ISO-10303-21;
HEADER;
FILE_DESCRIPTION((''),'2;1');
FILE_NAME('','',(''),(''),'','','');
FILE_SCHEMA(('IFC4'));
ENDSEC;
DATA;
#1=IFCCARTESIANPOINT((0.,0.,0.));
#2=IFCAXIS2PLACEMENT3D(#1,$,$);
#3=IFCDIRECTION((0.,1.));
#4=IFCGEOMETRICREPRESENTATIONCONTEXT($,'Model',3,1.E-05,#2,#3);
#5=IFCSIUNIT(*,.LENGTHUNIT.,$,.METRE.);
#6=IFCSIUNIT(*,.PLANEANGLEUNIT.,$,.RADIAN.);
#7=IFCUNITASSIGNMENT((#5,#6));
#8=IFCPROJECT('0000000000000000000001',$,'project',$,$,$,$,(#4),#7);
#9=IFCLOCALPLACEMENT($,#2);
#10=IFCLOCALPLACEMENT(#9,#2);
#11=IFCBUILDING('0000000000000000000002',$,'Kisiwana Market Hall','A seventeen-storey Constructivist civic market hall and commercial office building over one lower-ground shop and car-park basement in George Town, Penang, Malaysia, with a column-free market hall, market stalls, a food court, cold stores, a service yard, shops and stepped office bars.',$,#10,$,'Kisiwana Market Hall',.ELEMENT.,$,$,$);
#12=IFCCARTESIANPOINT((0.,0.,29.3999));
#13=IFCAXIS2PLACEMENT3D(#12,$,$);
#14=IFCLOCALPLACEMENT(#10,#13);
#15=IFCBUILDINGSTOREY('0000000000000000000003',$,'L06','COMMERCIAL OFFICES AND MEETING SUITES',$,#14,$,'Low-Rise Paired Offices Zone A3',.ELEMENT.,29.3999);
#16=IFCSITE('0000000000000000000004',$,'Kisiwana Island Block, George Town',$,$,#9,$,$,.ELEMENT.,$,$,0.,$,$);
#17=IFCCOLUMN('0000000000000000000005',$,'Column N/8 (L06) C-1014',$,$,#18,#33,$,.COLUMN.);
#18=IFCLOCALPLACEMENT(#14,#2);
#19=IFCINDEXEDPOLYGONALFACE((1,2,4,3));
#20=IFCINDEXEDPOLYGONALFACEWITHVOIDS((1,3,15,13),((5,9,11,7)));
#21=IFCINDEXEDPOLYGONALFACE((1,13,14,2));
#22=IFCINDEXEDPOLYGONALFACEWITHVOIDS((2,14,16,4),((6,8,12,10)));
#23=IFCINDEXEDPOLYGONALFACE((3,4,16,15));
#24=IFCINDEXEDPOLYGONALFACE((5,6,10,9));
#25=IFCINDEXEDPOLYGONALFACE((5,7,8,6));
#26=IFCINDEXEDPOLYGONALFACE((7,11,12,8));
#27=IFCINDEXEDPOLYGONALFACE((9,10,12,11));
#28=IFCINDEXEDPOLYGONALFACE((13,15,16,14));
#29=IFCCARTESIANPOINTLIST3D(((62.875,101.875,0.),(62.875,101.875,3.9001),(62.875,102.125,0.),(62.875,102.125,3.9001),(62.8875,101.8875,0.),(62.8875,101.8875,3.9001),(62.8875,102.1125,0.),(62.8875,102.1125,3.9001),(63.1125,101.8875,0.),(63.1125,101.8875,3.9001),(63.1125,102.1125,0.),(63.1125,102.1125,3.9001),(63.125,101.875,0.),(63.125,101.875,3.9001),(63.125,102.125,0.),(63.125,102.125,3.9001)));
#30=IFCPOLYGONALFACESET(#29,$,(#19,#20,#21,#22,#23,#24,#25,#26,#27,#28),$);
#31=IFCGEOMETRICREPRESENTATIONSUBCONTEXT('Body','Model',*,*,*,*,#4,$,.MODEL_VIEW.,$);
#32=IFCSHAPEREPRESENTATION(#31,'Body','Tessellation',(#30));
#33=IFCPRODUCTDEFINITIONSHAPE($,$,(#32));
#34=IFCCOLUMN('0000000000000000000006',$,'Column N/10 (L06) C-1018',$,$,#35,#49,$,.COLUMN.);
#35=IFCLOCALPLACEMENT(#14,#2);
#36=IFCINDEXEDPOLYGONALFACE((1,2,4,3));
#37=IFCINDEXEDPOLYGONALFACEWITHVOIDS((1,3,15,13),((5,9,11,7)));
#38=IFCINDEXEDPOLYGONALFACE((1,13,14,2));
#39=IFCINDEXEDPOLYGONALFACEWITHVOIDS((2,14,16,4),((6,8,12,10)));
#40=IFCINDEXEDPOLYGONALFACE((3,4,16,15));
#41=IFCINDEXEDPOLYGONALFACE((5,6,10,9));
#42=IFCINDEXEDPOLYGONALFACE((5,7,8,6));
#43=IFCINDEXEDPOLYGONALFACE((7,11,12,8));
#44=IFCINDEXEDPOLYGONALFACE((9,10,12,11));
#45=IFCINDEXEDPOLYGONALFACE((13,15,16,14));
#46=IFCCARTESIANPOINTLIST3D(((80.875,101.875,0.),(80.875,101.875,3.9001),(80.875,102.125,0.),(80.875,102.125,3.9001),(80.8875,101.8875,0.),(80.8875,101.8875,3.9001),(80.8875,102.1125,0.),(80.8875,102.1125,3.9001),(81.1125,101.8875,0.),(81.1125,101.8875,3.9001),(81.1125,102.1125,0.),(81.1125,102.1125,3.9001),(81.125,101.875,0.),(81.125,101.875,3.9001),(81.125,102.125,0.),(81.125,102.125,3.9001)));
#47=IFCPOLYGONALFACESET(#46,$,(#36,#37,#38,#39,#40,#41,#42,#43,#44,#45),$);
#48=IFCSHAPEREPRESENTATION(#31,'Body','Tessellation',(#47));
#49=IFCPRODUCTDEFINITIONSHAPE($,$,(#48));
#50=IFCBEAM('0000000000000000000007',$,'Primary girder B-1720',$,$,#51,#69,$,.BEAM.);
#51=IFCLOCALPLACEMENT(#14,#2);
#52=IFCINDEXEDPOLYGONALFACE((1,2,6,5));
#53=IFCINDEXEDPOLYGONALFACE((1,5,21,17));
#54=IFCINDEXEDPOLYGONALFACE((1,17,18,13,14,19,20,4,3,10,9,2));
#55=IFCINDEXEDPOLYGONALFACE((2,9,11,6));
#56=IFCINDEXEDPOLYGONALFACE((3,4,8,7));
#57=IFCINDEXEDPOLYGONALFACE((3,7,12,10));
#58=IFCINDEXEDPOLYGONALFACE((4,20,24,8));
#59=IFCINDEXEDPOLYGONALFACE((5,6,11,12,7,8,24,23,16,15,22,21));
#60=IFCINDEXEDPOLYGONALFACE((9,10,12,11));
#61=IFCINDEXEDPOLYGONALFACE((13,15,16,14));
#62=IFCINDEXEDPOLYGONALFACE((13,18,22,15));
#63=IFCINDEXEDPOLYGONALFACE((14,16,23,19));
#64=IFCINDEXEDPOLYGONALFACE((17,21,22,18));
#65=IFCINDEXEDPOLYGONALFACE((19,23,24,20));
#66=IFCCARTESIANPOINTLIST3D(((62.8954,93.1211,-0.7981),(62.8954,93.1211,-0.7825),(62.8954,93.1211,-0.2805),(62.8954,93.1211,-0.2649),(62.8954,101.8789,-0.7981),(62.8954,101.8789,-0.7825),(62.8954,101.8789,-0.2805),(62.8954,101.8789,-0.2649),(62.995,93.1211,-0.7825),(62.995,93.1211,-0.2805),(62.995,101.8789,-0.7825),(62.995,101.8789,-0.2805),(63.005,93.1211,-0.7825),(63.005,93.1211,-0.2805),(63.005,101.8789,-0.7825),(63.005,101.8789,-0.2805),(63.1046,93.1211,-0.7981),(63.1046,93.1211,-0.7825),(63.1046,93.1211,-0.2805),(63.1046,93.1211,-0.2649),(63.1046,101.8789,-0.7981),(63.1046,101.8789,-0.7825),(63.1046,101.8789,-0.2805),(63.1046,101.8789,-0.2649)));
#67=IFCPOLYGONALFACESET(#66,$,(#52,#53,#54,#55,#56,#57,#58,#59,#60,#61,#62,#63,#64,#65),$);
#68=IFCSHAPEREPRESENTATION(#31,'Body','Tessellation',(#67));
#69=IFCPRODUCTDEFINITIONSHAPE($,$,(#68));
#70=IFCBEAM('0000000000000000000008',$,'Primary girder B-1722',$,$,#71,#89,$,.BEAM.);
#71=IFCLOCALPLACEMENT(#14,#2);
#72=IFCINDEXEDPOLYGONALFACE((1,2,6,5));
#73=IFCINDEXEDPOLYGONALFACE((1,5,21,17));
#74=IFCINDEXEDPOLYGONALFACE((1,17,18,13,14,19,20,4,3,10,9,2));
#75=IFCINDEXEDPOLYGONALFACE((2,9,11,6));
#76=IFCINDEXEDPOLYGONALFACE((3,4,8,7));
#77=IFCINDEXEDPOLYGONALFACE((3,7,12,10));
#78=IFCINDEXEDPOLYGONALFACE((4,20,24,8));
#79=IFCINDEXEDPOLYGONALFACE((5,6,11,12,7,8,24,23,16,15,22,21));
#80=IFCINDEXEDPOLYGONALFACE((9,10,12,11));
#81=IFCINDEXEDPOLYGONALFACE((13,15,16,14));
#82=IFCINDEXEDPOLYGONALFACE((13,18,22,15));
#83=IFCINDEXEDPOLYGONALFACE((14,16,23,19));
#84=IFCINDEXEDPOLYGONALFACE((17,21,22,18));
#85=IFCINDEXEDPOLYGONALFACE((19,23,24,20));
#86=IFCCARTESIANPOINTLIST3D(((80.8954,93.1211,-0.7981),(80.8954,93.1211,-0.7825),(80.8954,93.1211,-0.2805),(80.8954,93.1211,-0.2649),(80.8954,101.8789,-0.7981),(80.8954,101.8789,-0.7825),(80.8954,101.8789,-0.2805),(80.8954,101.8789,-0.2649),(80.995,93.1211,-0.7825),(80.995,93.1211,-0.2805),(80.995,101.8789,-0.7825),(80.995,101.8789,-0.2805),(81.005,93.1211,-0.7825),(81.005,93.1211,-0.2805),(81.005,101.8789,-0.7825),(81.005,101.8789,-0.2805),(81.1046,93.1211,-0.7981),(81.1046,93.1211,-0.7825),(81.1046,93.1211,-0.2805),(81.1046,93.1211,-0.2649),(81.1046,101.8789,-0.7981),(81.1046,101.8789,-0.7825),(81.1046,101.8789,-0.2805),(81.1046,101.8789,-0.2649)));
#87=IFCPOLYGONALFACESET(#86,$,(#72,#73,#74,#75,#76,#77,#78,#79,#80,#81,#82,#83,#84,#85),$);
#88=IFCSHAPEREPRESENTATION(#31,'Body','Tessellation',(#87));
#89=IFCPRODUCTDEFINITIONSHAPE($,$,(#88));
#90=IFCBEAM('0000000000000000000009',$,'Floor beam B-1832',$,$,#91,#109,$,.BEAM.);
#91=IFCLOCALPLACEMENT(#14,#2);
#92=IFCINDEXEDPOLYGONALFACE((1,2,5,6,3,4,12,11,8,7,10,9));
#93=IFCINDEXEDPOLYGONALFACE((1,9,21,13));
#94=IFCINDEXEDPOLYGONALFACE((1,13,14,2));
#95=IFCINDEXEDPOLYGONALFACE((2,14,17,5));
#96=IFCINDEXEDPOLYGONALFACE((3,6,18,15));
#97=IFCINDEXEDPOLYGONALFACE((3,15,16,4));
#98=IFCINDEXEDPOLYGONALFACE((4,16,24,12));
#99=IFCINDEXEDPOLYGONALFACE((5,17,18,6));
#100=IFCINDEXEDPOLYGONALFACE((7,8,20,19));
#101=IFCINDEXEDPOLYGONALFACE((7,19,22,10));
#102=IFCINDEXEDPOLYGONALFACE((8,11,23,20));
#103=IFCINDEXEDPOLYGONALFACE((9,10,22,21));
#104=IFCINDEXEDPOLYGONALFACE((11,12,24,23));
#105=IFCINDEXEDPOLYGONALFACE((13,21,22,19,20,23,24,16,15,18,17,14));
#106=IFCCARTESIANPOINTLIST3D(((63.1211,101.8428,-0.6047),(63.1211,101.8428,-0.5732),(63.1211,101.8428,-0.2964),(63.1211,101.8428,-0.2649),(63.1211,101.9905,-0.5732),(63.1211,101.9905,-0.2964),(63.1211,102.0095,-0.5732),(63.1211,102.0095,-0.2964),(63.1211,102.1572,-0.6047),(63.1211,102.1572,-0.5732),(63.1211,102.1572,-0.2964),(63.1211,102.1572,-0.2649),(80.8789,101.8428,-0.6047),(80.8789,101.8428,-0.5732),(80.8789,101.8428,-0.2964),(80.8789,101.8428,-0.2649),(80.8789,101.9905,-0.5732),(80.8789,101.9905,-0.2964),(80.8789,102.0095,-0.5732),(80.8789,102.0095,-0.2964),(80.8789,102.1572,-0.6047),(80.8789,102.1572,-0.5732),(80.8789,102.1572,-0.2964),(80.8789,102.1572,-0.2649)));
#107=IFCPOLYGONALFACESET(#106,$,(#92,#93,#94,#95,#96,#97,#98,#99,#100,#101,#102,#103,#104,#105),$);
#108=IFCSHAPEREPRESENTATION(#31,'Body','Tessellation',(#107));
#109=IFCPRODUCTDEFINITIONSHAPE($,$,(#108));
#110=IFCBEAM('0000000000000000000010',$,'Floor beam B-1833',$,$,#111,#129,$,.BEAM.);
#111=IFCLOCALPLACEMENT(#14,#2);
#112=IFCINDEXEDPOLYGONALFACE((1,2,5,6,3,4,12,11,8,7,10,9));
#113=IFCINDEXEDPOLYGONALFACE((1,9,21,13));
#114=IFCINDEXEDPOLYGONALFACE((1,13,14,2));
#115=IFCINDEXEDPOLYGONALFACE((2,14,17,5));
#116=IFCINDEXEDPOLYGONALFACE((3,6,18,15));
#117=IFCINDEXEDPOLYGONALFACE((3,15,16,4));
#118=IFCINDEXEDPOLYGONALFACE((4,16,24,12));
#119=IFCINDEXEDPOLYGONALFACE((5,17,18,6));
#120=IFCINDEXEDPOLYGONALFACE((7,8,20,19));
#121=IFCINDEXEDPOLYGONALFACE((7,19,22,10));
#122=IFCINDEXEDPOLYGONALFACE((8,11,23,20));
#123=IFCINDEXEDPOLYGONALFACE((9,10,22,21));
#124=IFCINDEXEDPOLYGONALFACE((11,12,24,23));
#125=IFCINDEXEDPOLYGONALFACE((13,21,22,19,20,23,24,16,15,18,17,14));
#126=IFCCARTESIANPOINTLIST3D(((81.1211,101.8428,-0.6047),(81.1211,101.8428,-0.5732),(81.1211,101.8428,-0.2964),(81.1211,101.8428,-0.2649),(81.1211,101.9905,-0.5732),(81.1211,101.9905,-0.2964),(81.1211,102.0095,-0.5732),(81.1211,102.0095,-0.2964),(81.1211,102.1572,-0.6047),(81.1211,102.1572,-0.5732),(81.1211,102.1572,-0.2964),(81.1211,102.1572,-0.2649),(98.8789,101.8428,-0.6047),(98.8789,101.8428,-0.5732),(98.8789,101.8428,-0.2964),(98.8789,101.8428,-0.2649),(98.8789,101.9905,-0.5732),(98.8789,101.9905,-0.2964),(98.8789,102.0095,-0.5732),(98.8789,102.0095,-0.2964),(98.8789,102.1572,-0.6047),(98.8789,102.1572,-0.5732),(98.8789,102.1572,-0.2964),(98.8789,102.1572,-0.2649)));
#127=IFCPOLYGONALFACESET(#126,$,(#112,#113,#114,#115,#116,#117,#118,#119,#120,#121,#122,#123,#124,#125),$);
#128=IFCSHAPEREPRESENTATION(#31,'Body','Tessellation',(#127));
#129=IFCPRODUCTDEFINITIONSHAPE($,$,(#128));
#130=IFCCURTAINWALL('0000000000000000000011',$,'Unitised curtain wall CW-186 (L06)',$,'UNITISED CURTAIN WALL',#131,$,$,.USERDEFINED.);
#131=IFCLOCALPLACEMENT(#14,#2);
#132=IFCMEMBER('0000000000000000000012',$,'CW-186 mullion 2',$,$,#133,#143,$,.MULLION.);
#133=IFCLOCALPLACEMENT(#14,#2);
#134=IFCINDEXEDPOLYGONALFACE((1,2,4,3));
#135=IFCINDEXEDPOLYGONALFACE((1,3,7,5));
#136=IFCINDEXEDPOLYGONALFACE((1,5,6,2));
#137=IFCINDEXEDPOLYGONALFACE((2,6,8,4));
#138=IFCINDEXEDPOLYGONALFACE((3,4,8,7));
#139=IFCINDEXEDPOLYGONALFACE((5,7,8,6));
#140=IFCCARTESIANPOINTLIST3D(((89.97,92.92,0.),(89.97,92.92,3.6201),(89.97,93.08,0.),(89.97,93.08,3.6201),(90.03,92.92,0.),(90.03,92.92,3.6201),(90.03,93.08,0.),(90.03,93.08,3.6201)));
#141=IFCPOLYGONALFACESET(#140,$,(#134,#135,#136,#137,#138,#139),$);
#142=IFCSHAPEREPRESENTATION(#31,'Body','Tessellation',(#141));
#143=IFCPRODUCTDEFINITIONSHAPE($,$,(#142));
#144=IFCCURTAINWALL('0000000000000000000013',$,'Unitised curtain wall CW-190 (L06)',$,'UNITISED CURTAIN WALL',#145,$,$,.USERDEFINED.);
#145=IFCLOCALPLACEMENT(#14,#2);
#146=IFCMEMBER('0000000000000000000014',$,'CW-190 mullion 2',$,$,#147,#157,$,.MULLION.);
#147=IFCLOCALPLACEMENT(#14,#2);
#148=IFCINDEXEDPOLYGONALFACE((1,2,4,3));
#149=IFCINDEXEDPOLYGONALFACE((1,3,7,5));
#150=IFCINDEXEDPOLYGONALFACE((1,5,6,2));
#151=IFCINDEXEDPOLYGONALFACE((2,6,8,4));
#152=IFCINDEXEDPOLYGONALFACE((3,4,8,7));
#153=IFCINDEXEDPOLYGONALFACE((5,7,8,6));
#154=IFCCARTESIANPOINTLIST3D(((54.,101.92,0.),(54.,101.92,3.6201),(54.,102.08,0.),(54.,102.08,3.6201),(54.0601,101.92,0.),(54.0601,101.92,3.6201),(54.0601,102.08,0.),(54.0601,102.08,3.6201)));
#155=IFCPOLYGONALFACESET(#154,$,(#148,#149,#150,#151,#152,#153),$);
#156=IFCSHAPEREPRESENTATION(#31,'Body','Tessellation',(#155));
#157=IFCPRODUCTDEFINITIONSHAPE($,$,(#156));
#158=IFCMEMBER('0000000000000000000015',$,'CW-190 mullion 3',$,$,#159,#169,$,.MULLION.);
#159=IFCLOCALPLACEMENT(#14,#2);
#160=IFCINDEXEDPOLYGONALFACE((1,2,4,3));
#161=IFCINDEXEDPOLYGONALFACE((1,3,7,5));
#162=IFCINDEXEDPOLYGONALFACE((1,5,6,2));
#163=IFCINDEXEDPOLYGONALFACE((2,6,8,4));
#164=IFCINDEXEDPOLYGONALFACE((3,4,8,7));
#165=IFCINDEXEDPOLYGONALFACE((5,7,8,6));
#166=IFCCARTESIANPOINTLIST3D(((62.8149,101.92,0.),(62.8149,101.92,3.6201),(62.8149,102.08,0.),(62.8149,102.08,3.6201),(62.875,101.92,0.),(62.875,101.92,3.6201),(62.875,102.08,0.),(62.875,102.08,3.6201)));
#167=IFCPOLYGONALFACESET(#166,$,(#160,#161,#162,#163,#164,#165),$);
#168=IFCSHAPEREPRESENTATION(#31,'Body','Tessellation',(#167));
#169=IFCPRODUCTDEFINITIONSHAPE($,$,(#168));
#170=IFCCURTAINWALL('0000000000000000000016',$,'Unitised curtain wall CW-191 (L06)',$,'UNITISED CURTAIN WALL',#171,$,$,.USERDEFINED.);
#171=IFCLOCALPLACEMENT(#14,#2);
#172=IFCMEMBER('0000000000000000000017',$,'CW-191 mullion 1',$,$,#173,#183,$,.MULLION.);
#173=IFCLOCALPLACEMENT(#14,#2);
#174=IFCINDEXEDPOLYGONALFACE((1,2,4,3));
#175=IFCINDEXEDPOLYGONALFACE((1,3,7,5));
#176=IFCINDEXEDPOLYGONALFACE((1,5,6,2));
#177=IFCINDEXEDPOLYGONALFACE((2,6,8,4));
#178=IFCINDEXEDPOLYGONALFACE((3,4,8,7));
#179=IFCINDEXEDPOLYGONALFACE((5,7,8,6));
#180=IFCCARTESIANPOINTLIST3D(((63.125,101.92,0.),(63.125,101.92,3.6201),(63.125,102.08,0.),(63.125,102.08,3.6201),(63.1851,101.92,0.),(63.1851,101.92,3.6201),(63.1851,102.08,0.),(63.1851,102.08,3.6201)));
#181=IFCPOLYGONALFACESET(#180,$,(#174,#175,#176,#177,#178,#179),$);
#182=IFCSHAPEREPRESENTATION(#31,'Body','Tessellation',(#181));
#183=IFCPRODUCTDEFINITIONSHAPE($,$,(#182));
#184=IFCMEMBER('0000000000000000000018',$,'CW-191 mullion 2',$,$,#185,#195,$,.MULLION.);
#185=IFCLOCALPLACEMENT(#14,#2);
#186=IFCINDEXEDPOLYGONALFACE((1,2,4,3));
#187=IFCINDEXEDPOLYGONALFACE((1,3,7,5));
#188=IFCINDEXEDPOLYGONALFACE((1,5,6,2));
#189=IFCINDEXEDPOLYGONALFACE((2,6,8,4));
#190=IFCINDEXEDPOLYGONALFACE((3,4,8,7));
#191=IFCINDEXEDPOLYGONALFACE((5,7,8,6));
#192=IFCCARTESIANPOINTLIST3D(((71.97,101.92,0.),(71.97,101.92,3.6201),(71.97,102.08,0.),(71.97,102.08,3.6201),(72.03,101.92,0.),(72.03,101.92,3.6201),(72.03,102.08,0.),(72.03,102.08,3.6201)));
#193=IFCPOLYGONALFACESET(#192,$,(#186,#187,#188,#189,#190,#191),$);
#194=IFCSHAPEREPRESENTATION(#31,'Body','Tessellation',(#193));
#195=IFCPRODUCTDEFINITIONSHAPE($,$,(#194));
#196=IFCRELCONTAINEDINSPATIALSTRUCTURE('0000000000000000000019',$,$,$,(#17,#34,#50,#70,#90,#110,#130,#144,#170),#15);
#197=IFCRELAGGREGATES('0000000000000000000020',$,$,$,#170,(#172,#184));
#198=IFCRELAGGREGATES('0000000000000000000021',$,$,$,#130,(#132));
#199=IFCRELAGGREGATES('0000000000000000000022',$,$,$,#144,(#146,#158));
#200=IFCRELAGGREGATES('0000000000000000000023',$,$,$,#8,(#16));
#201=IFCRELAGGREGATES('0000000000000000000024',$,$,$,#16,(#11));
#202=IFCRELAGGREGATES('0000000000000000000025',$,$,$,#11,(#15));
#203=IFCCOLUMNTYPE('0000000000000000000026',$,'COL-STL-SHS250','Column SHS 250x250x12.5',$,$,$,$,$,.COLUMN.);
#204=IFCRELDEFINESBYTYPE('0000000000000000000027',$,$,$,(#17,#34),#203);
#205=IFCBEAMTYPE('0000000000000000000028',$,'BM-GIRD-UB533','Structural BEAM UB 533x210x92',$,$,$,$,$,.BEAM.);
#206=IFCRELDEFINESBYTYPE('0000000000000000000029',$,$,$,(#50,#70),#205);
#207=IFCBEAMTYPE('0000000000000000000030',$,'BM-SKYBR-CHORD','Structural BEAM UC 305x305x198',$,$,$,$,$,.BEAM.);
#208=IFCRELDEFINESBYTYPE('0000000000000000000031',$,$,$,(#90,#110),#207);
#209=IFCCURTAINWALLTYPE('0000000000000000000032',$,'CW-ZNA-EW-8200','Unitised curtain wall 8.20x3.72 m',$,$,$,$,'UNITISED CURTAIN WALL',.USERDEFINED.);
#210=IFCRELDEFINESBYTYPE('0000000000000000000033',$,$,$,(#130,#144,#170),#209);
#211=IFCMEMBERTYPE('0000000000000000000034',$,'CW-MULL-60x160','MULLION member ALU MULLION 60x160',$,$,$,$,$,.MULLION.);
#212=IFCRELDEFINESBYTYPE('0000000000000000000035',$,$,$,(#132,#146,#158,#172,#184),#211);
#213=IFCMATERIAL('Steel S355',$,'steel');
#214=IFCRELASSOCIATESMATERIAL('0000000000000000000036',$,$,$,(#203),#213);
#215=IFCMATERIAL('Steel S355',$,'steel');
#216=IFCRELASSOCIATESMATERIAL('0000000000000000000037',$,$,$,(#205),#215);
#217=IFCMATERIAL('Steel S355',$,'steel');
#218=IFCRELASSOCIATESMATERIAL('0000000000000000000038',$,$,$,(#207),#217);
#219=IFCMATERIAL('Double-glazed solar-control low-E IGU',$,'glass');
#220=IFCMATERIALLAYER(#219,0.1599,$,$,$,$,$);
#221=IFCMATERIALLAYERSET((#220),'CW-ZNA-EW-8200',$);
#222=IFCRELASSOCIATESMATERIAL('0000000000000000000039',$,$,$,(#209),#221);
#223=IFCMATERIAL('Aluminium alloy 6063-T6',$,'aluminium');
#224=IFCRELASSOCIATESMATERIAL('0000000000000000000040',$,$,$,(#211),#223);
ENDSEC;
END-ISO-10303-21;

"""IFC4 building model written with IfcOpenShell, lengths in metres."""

from ifc_helpers import new_model, si_unit, direction, frame, origin, origin_2d, place, context, subcontext, project, spatial, rectangle, hollow_rectangle, i_section, extrude, material, layer, layer_set, material_profile, profile_set, type_object, element, aggregate, save


model = new_model("IFC4")

# Units and contexts
model_context = context("Model", 3, precision=1e-05, world=origin(), true_north=direction((0.0, 1.0)))
body_context = subcontext(model_context, "Body", "Model", "MODEL_VIEW")
ifc_project = project(units=[si_unit("LENGTHUNIT", "METRE"), si_unit("PLANEANGLEUNIT", "RADIAN")], contexts=[model_context])

# Site, building, storey
site_placement = place(None, origin())
site = spatial("IfcSite", under=ifc_project, at=site_placement, Name="Kisiwana Island Block, George Town", CompositionType="ELEMENT", RefElevation=0.0)
building_placement = place(site_placement, origin())
building = spatial("IfcBuilding", under=site, at=building_placement, Name="Kisiwana Market Hall", Description="A seventeen-storey Constructivist civic market hall and commercial office building over one lower-ground shop and car-park basement in George Town, Penang, Malaysia, with a column-free market hall, market stalls, a food court, cold stores, a service yard, shops and stepped office bars.", LongName="Kisiwana Market Hall", CompositionType="ELEMENT")
storey_placement = place(building_placement, frame((0.0, 0.0, 29.3999)))
storey = spatial("IfcBuildingStorey", under=building, at=storey_placement, Name="L06", Description="COMMERCIAL OFFICES AND MEETING SUITES", LongName="Low-Rise Paired Offices Zone A3", CompositionType="ELEMENT", Elevation=29.3999)

# Columns
ifc_material_1 = material(Name="Steel S355", Category="steel")
ifc_material_profile_1 = material_profile(ifc_material_1, hollow_rectangle(XDim=0.25, YDim=0.25, WallThickness=0.0125, at=origin_2d()), Name="SHS 250x250x12.5")
ifc_profile_set_1 = profile_set([ifc_material_profile_1], Name="Steel S355")
column_type = type_object("IfcColumnType", Name="COL-STL-SHS250", Description="Column SHS 250x250x12.5", PredefinedType="COLUMN", material=ifc_profile_set_1)
for number, where, z_axis, x_axis, name in (
    (1, (63.0, 102.0, 0.0), (0.0, 0.0, 1.0), (1.0, 0.0, 0.0), "Column N/8 (L06) C-1014"),
    (2, (81.0, 102.0, 0.0), (0.0, 0.0, 1.0), (1.0, 0.0, 0.0), "Column N/10 (L06) C-1018"),
):
    element("IfcColumn", number, at=place(storey_placement, frame(where, z_axis=z_axis, x_axis=x_axis)), inside=storey, type_object=column_type, Name=name, PredefinedType="COLUMN", context=body_context, shape_type="SweptSolid", body=[
        extrude(hollow_rectangle(XDim=0.25, YDim=0.25, WallThickness=0.0125, at=origin_2d()), origin(), (0.0, 0.0, 1.0), 3.9001),
    ])

# Beams
ifc_material_2 = material(Name="Steel S355", Category="steel")
ifc_material_profile_2 = material_profile(ifc_material_2, i_section(OverallWidth=0.2092, OverallDepth=0.5332, WebThickness=0.01, FlangeThickness=0.0156, at=origin_2d()), Name="UB 533x210x92")
ifc_profile_set_2 = profile_set([ifc_material_profile_2], Name="Steel S355")
beam_type_1 = type_object("IfcBeamType", Name="BM-GIRD-UB533", Description="Structural BEAM UB 533x210x92", PredefinedType="BEAM", material=ifc_profile_set_2)
for number, where, z_axis, x_axis, name in (
    (3, (63.0, 93.1211, -0.5315), (0.0, 1.0, 0.0), (-1.0, 0.0, 0.0), "Primary girder B-1720"),
    (4, (81.0, 93.1211, -0.5315), (0.0, 1.0, 0.0), (-1.0, 0.0, 0.0), "Primary girder B-1722"),
):
    element("IfcBeam", number, at=place(storey_placement, frame(where, z_axis=z_axis, x_axis=x_axis)), inside=storey, type_object=beam_type_1, Name=name, PredefinedType="BEAM", context=body_context, shape_type="SweptSolid", body=[
        extrude(i_section(OverallWidth=0.2092, OverallDepth=0.5332, WebThickness=0.01, FlangeThickness=0.0156, at=origin_2d()), origin(), (0.0, 0.0, 1.0), 8.7578),
    ])
ifc_material_3 = material(Name="Steel S355", Category="steel")
ifc_material_profile_3 = material_profile(ifc_material_3, i_section(OverallWidth=0.3145, OverallDepth=0.3398, WebThickness=0.019, FlangeThickness=0.0315, at=origin_2d()), Name="UC 305x305x198")
ifc_profile_set_3 = profile_set([ifc_material_profile_3], Name="Steel S355")
beam_type_2 = type_object("IfcBeamType", Name="BM-SKYBR-CHORD", Description="Structural BEAM UC 305x305x198", PredefinedType="BEAM", material=ifc_profile_set_3)
for number, where, z_axis, x_axis, name in (
    (5, (63.1211, 102.0, -0.4348), (1.0, 0.0, 0.0), (0.0, 1.0, 0.0), "Floor beam B-1832"),
    (6, (81.1211, 102.0, -0.4348), (1.0, 0.0, 0.0), (0.0, 1.0, 0.0), "Floor beam B-1833"),
):
    element("IfcBeam", number, at=place(storey_placement, frame(where, z_axis=z_axis, x_axis=x_axis)), inside=storey, type_object=beam_type_2, Name=name, PredefinedType="BEAM", context=body_context, shape_type="SweptSolid", body=[
        extrude(i_section(OverallWidth=0.3145, OverallDepth=0.3398, WebThickness=0.019, FlangeThickness=0.0315, at=origin_2d()), origin(), (0.0, 0.0, 1.0), 17.7578),
    ])

# Curtain wall, member
ifc_material_4 = material(Name="Double-glazed solar-control low-E IGU", Category="glass")
ifc_layer_1 = layer(ifc_material_4, 0.1599)
ifc_layer_set_1 = layer_set([ifc_layer_1], Name="CW-ZNA-EW-8200")
curtain_wall_type = type_object("IfcCurtainWallType", Name="CW-ZNA-EW-8200", Description="Unitised curtain wall 8.20x3.72 m", ElementType="UNITISED CURTAIN WALL", PredefinedType="USERDEFINED", material=ifc_layer_set_1)
curtain_wall_1_placement = place(storey_placement, origin())
curtain_wall_1 = element("IfcCurtainWall", 7, at=curtain_wall_1_placement, inside=storey, type_object=curtain_wall_type, Name="Unitised curtain wall CW-186 (L06)", ObjectType="UNITISED CURTAIN WALL", PredefinedType="USERDEFINED")
ifc_material_5 = material(Name="Aluminium alloy 6063-T6", Category="aluminium")
ifc_material_profile_4 = material_profile(ifc_material_5, rectangle(XDim=0.0601, YDim=0.1599, at=origin_2d()), Name="ALU MULLION 60x160")
ifc_profile_set_4 = profile_set([ifc_material_profile_4], Name="Aluminium alloy 6063-T6")
member_type_1 = type_object("IfcMemberType", Name="CW-MULL-60x160", Description="MULLION member ALU MULLION 60x160", PredefinedType="MULLION", material=ifc_profile_set_4)
member_1_placement = place(storey_placement, frame((90.0, 93.0, 0.0), z_axis=(0.0, 0.0, 1.0), x_axis=(1.0, 0.0, 0.0)))
member_1 = element("IfcMember", 8, at=member_1_placement, type_object=member_type_1, Name="CW-186 mullion 2", PredefinedType="MULLION", context=body_context, shape_type="SweptSolid", body=[
    extrude(rectangle(XDim=0.0601, YDim=0.1599, at=origin_2d()), origin(), (0.0, 0.0, 1.0), 3.6201),
])

# Curtain walls, members
curtain_wall_2_placement = place(storey_placement, origin())
curtain_wall_2 = element("IfcCurtainWall", 9, at=curtain_wall_2_placement, inside=storey, type_object=curtain_wall_type, Name="Unitised curtain wall CW-190 (L06)", ObjectType="UNITISED CURTAIN WALL", PredefinedType="USERDEFINED")
member_2_placement = place(storey_placement, frame((54.03, 102.0, 0.0), z_axis=(0.0, 0.0, 1.0), x_axis=(1.0, 0.0, 0.0)))
member_2 = element("IfcMember", 10, at=member_2_placement, type_object=member_type_1, Name="CW-190 mullion 2", PredefinedType="MULLION", context=body_context, shape_type="SweptSolid", body=[
    extrude(rectangle(XDim=0.0601, YDim=0.1599, at=origin_2d()), origin(), (0.0, 0.0, 1.0), 3.6201),
])
member_3_placement = place(storey_placement, frame((62.845, 102.0, 0.0), z_axis=(0.0, 0.0, 1.0), x_axis=(1.0, 0.0, 0.0)))
member_3 = element("IfcMember", 11, at=member_3_placement, type_object=member_type_1, Name="CW-190 mullion 3", PredefinedType="MULLION", context=body_context, shape_type="SweptSolid", body=[
    extrude(rectangle(XDim=0.0601, YDim=0.1599, at=origin_2d()), origin(), (0.0, 0.0, 1.0), 3.6201),
])
curtain_wall_3_placement = place(storey_placement, origin())
curtain_wall_3 = element("IfcCurtainWall", 12, at=curtain_wall_3_placement, inside=storey, type_object=curtain_wall_type, Name="Unitised curtain wall CW-191 (L06)", ObjectType="UNITISED CURTAIN WALL", PredefinedType="USERDEFINED")
member_4_placement = place(storey_placement, frame((63.155, 102.0, 0.0), z_axis=(0.0, 0.0, 1.0), x_axis=(1.0, 0.0, 0.0)))
member_4 = element("IfcMember", 13, at=member_4_placement, type_object=member_type_1, Name="CW-191 mullion 1", PredefinedType="MULLION", context=body_context, shape_type="SweptSolid", body=[
    extrude(rectangle(XDim=0.0601, YDim=0.1599, at=origin_2d()), origin(), (0.0, 0.0, 1.0), 3.6201),
])
member_5_placement = place(storey_placement, frame((72.0, 102.0, 0.0), z_axis=(0.0, 0.0, 1.0), x_axis=(1.0, 0.0, 0.0)))
member_5 = element("IfcMember", 14, at=member_5_placement, type_object=member_type_1, Name="CW-191 mullion 2", PredefinedType="MULLION", context=body_context, shape_type="SweptSolid", body=[
    extrude(rectangle(XDim=0.0601, YDim=0.1599, at=origin_2d()), origin(), (0.0, 0.0, 1.0), 3.6201),
])

aggregate(curtain_wall_3, [member_4, member_5])
aggregate(curtain_wall_1, [member_1])
aggregate(curtain_wall_2, [member_2, member_3])

save(model, "model.ifc")
